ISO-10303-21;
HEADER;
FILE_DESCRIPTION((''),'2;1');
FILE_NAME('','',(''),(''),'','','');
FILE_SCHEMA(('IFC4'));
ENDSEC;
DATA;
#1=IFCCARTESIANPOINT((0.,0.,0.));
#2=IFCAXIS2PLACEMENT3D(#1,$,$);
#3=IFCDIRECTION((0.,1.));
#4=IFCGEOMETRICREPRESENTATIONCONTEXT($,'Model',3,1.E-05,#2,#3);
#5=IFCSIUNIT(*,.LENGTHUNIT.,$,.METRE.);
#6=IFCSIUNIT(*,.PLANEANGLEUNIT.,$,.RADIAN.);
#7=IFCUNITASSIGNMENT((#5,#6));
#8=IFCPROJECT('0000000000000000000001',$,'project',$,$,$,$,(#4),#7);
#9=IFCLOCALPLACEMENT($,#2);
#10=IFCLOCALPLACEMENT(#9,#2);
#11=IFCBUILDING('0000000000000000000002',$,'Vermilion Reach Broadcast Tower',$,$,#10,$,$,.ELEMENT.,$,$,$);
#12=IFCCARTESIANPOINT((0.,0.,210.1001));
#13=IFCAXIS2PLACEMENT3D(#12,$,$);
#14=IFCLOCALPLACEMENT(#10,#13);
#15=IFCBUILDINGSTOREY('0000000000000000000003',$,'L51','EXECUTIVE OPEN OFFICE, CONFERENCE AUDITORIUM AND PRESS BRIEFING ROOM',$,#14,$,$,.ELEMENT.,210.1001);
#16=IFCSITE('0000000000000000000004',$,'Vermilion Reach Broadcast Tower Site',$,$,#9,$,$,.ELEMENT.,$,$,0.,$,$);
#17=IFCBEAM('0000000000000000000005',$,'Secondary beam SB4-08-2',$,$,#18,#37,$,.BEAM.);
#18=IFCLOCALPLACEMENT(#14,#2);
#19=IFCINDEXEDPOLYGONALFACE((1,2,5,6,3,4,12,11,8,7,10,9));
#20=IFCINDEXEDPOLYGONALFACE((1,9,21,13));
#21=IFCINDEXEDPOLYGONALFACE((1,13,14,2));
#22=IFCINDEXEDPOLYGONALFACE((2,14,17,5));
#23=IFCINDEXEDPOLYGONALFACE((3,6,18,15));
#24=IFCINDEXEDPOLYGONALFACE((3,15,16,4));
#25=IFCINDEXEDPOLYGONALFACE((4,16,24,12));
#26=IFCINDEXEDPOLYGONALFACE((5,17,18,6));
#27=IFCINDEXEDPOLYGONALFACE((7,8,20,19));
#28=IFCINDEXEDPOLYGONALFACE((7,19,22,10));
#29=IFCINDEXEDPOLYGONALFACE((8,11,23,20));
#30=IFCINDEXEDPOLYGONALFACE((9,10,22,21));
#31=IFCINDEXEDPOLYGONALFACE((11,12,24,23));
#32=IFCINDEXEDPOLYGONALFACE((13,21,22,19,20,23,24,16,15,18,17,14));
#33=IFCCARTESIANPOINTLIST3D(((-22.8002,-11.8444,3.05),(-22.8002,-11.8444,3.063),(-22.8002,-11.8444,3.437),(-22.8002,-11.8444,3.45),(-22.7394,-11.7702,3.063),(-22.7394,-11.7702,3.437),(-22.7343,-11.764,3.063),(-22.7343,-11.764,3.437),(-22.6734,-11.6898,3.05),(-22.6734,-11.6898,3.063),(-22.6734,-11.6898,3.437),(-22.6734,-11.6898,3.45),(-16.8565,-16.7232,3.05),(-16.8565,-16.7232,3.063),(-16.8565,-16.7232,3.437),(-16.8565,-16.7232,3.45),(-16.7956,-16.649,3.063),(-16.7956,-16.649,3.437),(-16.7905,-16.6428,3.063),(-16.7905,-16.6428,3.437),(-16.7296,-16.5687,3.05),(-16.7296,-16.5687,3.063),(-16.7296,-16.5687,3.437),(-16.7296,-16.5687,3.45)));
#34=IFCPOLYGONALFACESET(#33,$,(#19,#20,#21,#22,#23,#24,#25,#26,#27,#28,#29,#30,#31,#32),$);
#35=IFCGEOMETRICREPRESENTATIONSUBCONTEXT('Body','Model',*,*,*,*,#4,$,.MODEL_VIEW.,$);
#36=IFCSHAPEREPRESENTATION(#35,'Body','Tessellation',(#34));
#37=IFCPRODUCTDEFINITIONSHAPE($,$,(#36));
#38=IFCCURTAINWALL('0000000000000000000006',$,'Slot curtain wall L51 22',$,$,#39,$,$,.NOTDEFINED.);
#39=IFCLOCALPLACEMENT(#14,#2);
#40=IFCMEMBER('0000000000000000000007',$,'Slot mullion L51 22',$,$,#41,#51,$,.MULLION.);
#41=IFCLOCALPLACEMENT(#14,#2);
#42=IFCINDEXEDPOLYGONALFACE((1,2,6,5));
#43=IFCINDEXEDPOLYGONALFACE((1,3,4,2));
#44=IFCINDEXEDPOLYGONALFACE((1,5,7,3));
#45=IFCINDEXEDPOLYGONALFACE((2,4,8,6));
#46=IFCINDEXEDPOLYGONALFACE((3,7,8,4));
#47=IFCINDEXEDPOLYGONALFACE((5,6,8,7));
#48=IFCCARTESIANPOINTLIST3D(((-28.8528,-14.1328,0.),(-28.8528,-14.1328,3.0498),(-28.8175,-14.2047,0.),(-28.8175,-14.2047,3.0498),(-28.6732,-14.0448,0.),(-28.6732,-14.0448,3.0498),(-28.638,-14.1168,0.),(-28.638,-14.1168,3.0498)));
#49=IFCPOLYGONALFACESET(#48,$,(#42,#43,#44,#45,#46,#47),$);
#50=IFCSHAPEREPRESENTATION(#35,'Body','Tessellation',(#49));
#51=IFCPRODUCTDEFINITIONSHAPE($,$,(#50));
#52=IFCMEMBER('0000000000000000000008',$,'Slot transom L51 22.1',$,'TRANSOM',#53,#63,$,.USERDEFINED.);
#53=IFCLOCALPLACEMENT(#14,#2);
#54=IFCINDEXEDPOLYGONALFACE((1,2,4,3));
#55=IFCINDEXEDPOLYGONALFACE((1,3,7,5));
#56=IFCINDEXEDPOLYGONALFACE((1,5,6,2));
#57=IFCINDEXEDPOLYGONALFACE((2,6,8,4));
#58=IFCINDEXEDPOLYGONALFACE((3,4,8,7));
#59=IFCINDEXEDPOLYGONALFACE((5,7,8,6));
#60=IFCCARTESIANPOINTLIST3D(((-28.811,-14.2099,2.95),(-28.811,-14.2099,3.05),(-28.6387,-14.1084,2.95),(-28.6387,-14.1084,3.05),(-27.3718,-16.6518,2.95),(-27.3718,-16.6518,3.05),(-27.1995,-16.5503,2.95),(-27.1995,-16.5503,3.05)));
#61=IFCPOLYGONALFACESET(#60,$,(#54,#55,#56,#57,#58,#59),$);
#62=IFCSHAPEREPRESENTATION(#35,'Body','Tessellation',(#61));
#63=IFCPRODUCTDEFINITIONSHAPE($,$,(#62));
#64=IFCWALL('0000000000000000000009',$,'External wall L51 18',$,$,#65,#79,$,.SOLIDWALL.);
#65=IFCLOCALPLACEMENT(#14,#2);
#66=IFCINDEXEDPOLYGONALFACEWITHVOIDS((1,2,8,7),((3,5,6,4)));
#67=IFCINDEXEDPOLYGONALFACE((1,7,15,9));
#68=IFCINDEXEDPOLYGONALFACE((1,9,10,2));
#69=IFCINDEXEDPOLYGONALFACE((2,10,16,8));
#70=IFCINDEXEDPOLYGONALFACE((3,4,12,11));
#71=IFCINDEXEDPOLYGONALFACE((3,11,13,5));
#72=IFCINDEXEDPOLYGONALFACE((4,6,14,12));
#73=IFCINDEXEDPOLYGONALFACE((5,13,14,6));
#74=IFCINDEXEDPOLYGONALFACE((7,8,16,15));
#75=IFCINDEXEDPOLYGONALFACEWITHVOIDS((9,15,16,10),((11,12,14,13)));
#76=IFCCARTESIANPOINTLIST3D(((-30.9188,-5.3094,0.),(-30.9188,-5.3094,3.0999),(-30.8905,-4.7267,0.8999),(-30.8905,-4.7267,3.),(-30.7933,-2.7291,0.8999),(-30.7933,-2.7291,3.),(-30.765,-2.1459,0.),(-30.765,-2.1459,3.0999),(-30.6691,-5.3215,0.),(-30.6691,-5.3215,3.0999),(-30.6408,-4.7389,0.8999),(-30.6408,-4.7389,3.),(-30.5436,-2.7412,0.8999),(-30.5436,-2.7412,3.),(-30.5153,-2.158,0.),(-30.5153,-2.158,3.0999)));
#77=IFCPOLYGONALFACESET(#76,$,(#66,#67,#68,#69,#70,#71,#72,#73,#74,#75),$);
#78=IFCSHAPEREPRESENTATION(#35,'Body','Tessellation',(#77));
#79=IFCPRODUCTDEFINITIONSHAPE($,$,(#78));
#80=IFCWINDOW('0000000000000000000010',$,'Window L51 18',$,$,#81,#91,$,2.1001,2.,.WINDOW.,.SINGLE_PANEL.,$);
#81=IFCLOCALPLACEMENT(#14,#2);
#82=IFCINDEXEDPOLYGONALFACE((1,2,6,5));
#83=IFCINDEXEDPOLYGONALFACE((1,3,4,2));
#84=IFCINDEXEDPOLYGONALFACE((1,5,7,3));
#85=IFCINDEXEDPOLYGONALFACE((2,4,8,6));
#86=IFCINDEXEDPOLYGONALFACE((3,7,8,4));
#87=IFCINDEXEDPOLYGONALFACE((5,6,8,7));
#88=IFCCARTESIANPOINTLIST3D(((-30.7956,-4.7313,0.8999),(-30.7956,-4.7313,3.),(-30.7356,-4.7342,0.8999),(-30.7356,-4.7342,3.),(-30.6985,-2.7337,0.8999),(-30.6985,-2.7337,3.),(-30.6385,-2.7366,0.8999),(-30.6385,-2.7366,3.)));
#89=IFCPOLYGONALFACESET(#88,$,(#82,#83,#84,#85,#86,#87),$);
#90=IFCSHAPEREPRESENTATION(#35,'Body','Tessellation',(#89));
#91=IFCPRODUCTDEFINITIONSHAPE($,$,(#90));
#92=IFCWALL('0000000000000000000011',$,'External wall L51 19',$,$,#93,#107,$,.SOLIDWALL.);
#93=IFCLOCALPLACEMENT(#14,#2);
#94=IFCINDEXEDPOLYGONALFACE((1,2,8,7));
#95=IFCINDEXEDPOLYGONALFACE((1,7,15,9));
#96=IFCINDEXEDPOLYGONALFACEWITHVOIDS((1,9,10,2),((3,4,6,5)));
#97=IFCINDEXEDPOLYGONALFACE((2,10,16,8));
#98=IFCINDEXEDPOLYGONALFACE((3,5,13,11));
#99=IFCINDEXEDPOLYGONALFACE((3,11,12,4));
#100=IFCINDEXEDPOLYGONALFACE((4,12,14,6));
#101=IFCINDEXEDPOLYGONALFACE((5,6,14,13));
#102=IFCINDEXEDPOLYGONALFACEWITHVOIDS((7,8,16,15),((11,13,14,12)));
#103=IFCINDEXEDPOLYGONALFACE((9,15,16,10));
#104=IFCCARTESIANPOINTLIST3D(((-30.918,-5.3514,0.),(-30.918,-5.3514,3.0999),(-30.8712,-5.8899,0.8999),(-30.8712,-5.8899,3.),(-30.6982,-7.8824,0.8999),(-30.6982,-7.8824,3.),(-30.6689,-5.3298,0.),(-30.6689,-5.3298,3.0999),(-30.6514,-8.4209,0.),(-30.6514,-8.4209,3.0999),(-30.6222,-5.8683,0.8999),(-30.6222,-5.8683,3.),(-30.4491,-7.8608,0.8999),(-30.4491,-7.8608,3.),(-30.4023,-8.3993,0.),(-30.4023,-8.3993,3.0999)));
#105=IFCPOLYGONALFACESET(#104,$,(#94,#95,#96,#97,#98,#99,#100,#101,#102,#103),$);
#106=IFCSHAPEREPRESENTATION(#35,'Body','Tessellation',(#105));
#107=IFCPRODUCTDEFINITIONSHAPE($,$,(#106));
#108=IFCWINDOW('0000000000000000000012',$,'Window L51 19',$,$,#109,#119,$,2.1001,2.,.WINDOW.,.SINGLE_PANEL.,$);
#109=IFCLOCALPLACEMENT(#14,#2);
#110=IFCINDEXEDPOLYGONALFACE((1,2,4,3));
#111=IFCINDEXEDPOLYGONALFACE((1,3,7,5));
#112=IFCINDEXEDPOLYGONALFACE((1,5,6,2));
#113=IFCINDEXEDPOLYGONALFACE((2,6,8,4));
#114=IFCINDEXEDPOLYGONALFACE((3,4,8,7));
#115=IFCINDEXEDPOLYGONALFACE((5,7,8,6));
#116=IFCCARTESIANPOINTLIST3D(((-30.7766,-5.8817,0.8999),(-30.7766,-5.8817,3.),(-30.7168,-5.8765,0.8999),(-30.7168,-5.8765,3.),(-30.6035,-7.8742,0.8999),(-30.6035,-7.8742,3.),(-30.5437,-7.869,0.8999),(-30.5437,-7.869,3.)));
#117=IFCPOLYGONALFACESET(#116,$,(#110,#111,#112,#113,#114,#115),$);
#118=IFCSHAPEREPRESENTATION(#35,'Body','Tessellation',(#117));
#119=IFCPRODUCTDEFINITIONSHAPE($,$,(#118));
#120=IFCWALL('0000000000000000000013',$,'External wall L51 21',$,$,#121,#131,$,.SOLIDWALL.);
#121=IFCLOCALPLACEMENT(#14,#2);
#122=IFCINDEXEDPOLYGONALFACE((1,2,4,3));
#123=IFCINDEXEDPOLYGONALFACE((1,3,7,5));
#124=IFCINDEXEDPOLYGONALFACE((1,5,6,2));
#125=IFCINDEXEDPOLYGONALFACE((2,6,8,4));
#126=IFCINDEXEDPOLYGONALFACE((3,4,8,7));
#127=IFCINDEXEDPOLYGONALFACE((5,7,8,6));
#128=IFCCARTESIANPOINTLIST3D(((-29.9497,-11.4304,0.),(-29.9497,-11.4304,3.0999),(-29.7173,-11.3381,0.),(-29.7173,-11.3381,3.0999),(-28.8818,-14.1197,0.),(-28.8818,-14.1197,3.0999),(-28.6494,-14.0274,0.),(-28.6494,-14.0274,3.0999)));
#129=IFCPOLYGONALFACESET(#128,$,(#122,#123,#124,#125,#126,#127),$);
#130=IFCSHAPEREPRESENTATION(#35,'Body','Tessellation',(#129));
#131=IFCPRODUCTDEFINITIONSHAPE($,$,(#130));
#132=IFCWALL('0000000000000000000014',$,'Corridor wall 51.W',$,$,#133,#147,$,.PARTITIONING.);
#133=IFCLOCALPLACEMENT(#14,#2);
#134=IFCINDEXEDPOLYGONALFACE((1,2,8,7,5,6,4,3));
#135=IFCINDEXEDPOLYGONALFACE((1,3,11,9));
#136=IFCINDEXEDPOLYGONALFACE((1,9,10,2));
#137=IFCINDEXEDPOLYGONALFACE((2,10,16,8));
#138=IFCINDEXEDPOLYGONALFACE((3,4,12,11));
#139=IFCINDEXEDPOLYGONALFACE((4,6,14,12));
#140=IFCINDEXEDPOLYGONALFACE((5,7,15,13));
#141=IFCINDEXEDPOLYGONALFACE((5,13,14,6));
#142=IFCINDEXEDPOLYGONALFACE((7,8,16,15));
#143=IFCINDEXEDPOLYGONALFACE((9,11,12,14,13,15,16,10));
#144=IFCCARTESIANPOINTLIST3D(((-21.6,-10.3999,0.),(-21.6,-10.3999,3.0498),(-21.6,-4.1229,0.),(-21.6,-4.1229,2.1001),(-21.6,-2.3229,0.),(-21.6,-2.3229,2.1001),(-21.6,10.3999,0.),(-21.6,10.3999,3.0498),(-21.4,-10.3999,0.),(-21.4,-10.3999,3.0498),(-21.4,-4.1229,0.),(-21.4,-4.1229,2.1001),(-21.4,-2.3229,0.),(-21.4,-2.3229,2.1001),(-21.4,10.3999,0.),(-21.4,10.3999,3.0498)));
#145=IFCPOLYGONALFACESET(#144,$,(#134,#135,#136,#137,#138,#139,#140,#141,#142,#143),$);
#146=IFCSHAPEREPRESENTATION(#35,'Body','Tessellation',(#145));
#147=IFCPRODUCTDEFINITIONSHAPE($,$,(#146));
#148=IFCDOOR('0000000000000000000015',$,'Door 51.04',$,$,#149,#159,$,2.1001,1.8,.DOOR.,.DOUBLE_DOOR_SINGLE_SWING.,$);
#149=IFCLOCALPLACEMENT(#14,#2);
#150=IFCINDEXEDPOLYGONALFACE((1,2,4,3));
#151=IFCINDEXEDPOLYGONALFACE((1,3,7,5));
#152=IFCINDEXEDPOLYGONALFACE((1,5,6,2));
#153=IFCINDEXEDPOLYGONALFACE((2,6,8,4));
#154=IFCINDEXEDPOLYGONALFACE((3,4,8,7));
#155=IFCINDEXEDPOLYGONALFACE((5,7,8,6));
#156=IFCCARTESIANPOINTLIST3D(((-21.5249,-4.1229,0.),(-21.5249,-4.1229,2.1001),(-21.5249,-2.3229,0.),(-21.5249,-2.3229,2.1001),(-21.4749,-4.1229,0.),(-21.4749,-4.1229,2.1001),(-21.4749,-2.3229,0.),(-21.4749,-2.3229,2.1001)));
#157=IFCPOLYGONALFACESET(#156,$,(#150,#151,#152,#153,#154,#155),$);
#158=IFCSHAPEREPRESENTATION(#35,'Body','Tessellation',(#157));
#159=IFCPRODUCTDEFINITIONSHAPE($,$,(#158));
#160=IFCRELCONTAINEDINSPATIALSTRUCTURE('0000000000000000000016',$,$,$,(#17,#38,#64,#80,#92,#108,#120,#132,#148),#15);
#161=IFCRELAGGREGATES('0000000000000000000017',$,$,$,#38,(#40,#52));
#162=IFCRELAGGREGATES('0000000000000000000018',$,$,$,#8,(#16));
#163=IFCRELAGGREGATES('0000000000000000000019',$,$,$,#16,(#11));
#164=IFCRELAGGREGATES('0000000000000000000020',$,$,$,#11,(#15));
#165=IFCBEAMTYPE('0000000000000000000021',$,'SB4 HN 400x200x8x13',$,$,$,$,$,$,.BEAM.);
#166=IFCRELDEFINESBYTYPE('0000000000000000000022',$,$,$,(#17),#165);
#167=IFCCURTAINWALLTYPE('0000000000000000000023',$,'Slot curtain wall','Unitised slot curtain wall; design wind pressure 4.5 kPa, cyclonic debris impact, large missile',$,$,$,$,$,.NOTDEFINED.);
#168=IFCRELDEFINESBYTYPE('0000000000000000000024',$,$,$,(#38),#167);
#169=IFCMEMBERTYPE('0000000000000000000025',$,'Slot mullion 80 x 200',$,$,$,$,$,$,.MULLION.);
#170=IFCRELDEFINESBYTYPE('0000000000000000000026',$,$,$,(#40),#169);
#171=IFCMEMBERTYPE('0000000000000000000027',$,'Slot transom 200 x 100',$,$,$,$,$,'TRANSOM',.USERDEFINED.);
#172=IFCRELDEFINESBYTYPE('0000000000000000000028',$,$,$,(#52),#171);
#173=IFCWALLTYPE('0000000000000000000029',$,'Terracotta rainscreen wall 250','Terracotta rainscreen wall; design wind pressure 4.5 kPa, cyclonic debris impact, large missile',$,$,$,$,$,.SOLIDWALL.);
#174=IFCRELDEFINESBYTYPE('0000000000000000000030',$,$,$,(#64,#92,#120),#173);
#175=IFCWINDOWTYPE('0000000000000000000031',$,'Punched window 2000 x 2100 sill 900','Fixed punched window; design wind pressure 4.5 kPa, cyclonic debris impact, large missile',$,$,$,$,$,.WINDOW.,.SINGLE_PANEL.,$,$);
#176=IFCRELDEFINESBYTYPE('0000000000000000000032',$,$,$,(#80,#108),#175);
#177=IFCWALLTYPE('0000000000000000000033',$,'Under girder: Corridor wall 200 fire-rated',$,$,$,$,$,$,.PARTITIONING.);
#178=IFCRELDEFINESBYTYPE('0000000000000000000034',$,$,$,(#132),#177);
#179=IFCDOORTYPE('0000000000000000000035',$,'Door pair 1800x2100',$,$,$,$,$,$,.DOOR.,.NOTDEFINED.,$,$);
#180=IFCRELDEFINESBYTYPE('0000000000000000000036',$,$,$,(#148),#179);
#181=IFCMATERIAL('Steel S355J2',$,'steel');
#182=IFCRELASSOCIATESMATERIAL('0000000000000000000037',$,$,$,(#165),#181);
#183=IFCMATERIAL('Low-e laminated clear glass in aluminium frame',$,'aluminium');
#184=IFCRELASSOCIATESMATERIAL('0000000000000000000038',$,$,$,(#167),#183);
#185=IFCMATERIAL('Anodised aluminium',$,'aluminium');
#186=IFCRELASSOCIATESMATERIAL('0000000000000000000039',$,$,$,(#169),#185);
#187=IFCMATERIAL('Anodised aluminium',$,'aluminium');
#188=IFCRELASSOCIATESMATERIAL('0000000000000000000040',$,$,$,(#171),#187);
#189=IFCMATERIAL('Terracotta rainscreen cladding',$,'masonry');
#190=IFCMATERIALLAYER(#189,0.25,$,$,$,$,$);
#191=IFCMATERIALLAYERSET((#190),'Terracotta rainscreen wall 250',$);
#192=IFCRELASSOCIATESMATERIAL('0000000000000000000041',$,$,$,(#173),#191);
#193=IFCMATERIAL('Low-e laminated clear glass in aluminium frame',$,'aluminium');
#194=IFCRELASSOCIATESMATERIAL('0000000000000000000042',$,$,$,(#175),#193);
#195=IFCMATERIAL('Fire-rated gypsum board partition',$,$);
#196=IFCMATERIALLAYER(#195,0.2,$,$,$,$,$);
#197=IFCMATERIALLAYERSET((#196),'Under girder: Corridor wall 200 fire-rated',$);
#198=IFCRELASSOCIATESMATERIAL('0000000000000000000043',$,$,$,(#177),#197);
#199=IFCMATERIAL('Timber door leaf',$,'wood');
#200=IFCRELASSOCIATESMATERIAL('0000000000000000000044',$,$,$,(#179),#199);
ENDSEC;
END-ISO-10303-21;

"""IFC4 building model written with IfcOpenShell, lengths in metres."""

from ifc_helpers import new_model, si_unit, direction, frame, frame_2d, origin, origin_2d, place, context, subcontext, project, spatial, rectangle, i_section, extrude, material, layer, layer_set, material_profile, profile_set, type_object, element, fill, aggregate, save


model = new_model("IFC4")

# Units and contexts
model_context = context("Model", 3, precision=1e-05, world=origin(), true_north=direction((0.0, 1.0)))
body_context = subcontext(model_context, "Body", "Model", "MODEL_VIEW")
ifc_project = project(units=[si_unit("LENGTHUNIT", "METRE"), si_unit("PLANEANGLEUNIT", "RADIAN")], contexts=[model_context])

# Site, building, storey
site_placement = place(None, origin())
site = spatial("IfcSite", under=ifc_project, at=site_placement, Name="Vermilion Reach Broadcast Tower Site", CompositionType="ELEMENT", RefElevation=0.0)
building_placement = place(site_placement, origin())
building = spatial("IfcBuilding", under=site, at=building_placement, Name="Vermilion Reach Broadcast Tower", CompositionType="ELEMENT")
storey_placement = place(building_placement, frame((0.0, 0.0, 210.1001)))
storey = spatial("IfcBuildingStorey", under=building, at=storey_placement, Name="L51", Description="EXECUTIVE OPEN OFFICE, CONFERENCE AUDITORIUM AND PRESS BRIEFING ROOM", CompositionType="ELEMENT", Elevation=210.1001)

# Beam
ifc_material_1 = material(Name="Steel S355J2", Category="steel")
ifc_material_profile_1 = material_profile(ifc_material_1, i_section(OverallWidth=0.2, OverallDepth=0.3999, WebThickness=0.0081, FlangeThickness=0.0129, at=origin_2d()), Name="S355J2 HN 400x200x8x13")
ifc_profile_set_1 = profile_set([ifc_material_profile_1], Name="Steel S355J2")
beam_type_1 = type_object("IfcBeamType", Name="SB4 HN 400x200x8x13", PredefinedType="BEAM", material=ifc_profile_set_1)
beam_1_placement = place(storey_placement, frame((-22.7368, -11.7671, 3.25), z_axis=(0.772952, -0.634465, 0.0), x_axis=(0.634465, 0.772952, 0.0)))
element("IfcBeam", 1, at=beam_1_placement, inside=storey, type_object=beam_type_1, Name="Secondary beam SB4-08-2", PredefinedType="BEAM", context=body_context, shape_type="SweptSolid", body=[
    extrude(i_section(OverallWidth=0.2, OverallDepth=0.3999, WebThickness=0.0081, FlangeThickness=0.0129, at=origin_2d()), origin(), (0.0, 0.0, 1.0), 7.6897),
])

# Curtain wall, members
ifc_material_2 = material(Name="Low-e laminated clear glass in aluminium frame", Category="aluminium")
curtain_wall_type = type_object("IfcCurtainWallType", Name="Slot curtain wall", Description="Unitised slot curtain wall; design wind pressure 4.5 kPa, cyclonic debris impact, large missile", PredefinedType="NOTDEFINED", material=ifc_material_2)
curtain_wall_placement = place(storey_placement, origin())
curtain_wall = element("IfcCurtainWall", 2, at=curtain_wall_placement, inside=storey, type_object=curtain_wall_type, Name="Slot curtain wall L51 22", PredefinedType="NOTDEFINED")
ifc_material_3 = material(Name="Anodised aluminium", Category="aluminium")
ifc_material_profile_2 = material_profile(ifc_material_3, rectangle(XDim=0.2, YDim=0.0801, at=origin_2d()), Name="Slot mullion 80 x 200")
ifc_profile_set_2 = profile_set([ifc_material_profile_2], Name="Anodised aluminium")
member_type_1 = type_object("IfcMemberType", Name="Slot mullion 80 x 200", PredefinedType="MULLION", material=ifc_profile_set_2)
member_1_placement = place(storey_placement, frame((-28.7454, -14.1248, 0.0), z_axis=(0.0, 0.0, 1.0), x_axis=(0.898131, 0.439728, 0.0)))
member_1 = element("IfcMember", 3, at=member_1_placement, type_object=member_type_1, Name="Slot mullion L51 22", PredefinedType="MULLION", context=body_context, shape_type="SweptSolid", body=[
    extrude(rectangle(XDim=0.2, YDim=0.0801, at=origin_2d()), origin(), (0.0, 0.0, 1.0), 3.0498),
])
ifc_material_4 = material(Name="Anodised aluminium", Category="aluminium")
ifc_material_profile_3 = material_profile(ifc_material_4, rectangle(XDim=0.2, YDim=0.1001, at=origin_2d()), Name="Slot transom 200 x 100")
ifc_profile_set_3 = profile_set([ifc_material_profile_3], Name="Anodised aluminium")
member_type_2 = type_object("IfcMemberType", Name="Slot transom 200 x 100", ElementType="TRANSOM", PredefinedType="USERDEFINED", material=ifc_profile_set_3)
member_2_placement = place(storey_placement, frame((-28.7249, -14.1592, 3.0), z_axis=(0.507754, -0.861502, 0.0), x_axis=(0.861502, 0.507754, 0.0)))
member_2 = element("IfcMember", 4, at=member_2_placement, type_object=member_type_2, Name="Slot transom L51 22.1", ObjectType="TRANSOM", PredefinedType="USERDEFINED", context=body_context, shape_type="SweptSolid", body=[
    extrude(rectangle(XDim=0.2, YDim=0.1001, at=origin_2d()), origin(), (0.0, 0.0, 1.0), 2.8345),
])
aggregate(curtain_wall, [member_1, member_2])

# Walls, openings, windows
ifc_material_5 = material(Name="Terracotta rainscreen cladding", Category="masonry")
ifc_layer_1 = layer(ifc_material_5, 0.25)
ifc_layer_set_1 = layer_set([ifc_layer_1], Name="Terracotta rainscreen wall 250")
wall_type_1 = type_object("IfcWallType", Name="Terracotta rainscreen wall 250", Description="Terracotta rainscreen wall; design wind pressure 4.5 kPa, cyclonic debris impact, large missile", PredefinedType="SOLIDWALL", material=ifc_layer_set_1)
wall_1_placement = place(storey_placement, frame((-30.6401, -2.1521, 0.0), z_axis=(0.0, 0.0, 1.0), x_axis=(-0.048561, -0.99882, 0.0)))
wall_1 = element("IfcWall", 5, at=wall_1_placement, inside=storey, type_object=wall_type_1, Name="External wall L51 18", PredefinedType="SOLIDWALL", context=body_context, shape_type="SweptSolid", body=[
    extrude(rectangle(XDim=3.1672, YDim=0.25, at=frame_2d((1.5835, 0.0))), origin(), (0.0, 0.0, 1.0), 3.0999),
])
opening_1_placement = place(wall_1_placement, frame((0.5837, 0.0, 0.8999)))
opening_1 = element("IfcOpeningElement", 6, at=opening_1_placement, cuts=wall_1, PredefinedType="OPENING", context=body_context, shape_type="SweptSolid", body=[
    extrude(rectangle(XDim=2.0, YDim=2.1001, at=frame_2d((1.0, 1.05))), frame((0.0, 0.135, 0.0), z_axis=(0.0, -1.0, 0.0), x_axis=(1.0, 0.0, 0.0)), (0.0, 0.0, 1.0), 0.27),
])
ifc_material_6 = material(Name="Low-e laminated clear glass in aluminium frame", Category="aluminium")
window_type = type_object("IfcWindowType", Name="Punched window 2000 x 2100 sill 900", Description="Fixed punched window; design wind pressure 4.5 kPa, cyclonic debris impact, large missile", PartitioningType="SINGLE_PANEL", PredefinedType="WINDOW", material=ifc_material_6)
window_1_placement = place(opening_1_placement, origin())
window_1 = element("IfcWindow", 7, at=window_1_placement, inside=storey, type_object=window_type, Name="Window L51 18", OverallHeight=2.1001, OverallWidth=2.0, PartitioningType="SINGLE_PANEL", PredefinedType="WINDOW", context=body_context, shape_type="SweptSolid", body=[
    extrude(rectangle(XDim=2.0, YDim=2.1001, at=frame_2d((1.0, 1.05))), frame((0.0, 0.03, 0.0), z_axis=(0.0, -1.0, 0.0), x_axis=(1.0, 0.0, 0.0)), (0.0, 0.0, 1.0), 0.0601),
])
fill(opening_1, window_1)
wall_2_placement = place(storey_placement, frame((-30.7935, -5.3406, 0.0), z_axis=(0.0, 0.0, 1.0), x_axis=(0.086527, -0.99625, 0.0)))
wall_2 = element("IfcWall", 8, at=wall_2_placement, inside=storey, type_object=wall_type_1, Name="External wall L51 19", PredefinedType="SOLIDWALL", context=body_context, shape_type="SweptSolid", body=[
    extrude(rectangle(XDim=3.0811, YDim=0.25, at=frame_2d((1.5405, 0.0))), origin(), (0.0, 0.0, 1.0), 3.0999),
])
opening_2_placement = place(wall_2_placement, frame((0.5405, 0.0, 0.8999)))
opening_2 = element("IfcOpeningElement", 9, at=opening_2_placement, cuts=wall_2, PredefinedType="OPENING", context=body_context, shape_type="SweptSolid", body=[
    extrude(rectangle(XDim=2.0, YDim=2.1001, at=frame_2d((1.0, 1.05))), frame((0.0, 0.135, 0.0), z_axis=(0.0, -1.0, 0.0), x_axis=(1.0, 0.0, 0.0)), (0.0, 0.0, 1.0), 0.27),
])
window_2_placement = place(opening_2_placement, origin())
window_2 = element("IfcWindow", 10, at=window_2_placement, inside=storey, type_object=window_type, Name="Window L51 19", OverallHeight=2.1001, OverallWidth=2.0, PartitioningType="SINGLE_PANEL", PredefinedType="WINDOW", context=body_context, shape_type="SweptSolid", body=[
    extrude(rectangle(XDim=2.0, YDim=2.1001, at=frame_2d((1.0, 1.05))), frame((0.0, 0.03, 0.0), z_axis=(0.0, -1.0, 0.0), x_axis=(1.0, 0.0, 0.0)), (0.0, 0.0, 1.0), 0.0601),
])
fill(opening_2, window_2)

# Wall
wall_3_placement = place(storey_placement, frame((-29.8335, -11.3843, 0.0), z_axis=(0.0, 0.0, 1.0), x_axis=(0.369062, -0.929405, 0.0)))
element("IfcWall", 11, at=wall_3_placement, inside=storey, type_object=wall_type_1, Name="External wall L51 21", PredefinedType="SOLIDWALL", context=body_context, shape_type="SweptSolid", body=[
    extrude(rectangle(XDim=2.8936, YDim=0.25, at=frame_2d((1.4468, 0.0))), origin(), (0.0, 0.0, 1.0), 3.0999),
])

# Wall, opening, door
ifc_material_7 = material(Name="Fire-rated gypsum board partition")
ifc_layer_2 = layer(ifc_material_7, 0.2)
ifc_layer_set_2 = layer_set([ifc_layer_2], Name="Under girder: Corridor wall 200 fire-rated")
wall_type_2 = type_object("IfcWallType", Name="Under girder: Corridor wall 200 fire-rated", PredefinedType="PARTITIONING", material=ifc_layer_set_2)
wall_4_placement = place(storey_placement, frame((-21.5, -10.3999, 0.0), z_axis=(0.0, 0.0, 1.0), x_axis=(0.0, 1.0, 0.0)))
wall_4 = element("IfcWall", 12, at=wall_4_placement, inside=storey, type_object=wall_type_2, Name="Corridor wall 51.W", PredefinedType="PARTITIONING", context=body_context, shape_type="SweptSolid", body=[
    extrude(rectangle(XDim=20.7998, YDim=0.2, at=frame_2d((10.3999, 0.0))), origin(), (0.0, 0.0, 1.0), 3.0498),
])
opening_3_placement = place(wall_4_placement, frame((6.2771, 0.0, 0.0)))
opening_3 = element("IfcOpeningElement", 13, at=opening_3_placement, cuts=wall_4, PredefinedType="OPENING", context=body_context, shape_type="SweptSolid", body=[
    extrude(rectangle(XDim=1.8, YDim=2.1001, at=frame_2d((0.8999, 1.05))), frame((0.0, 0.1099, 0.0), z_axis=(0.0, -1.0, 0.0), x_axis=(1.0, 0.0, 0.0)), (0.0, 0.0, 1.0), 0.22),
])
ifc_material_8 = material(Name="Timber door leaf", Category="wood")
door_type_1 = type_object("IfcDoorType", Name="Door pair 1800x2100", OperationType="NOTDEFINED", PredefinedType="DOOR", material=ifc_material_8)
door_1_placement = place(opening_3_placement, origin())
door_1 = element("IfcDoor", 14, at=door_1_placement, inside=storey, type_object=door_type_1, Name="Door 51.04", OperationType="DOUBLE_DOOR_SINGLE_SWING", OverallHeight=2.1001, OverallWidth=1.8, PredefinedType="DOOR", context=body_context, shape_type="SweptSolid", body=[
    extrude(rectangle(XDim=1.8, YDim=2.1001, at=frame_2d((0.8999, 1.05))), frame((0.0, 0.0249, 0.0), z_axis=(0.0, -1.0, 0.0), x_axis=(1.0, 0.0, 0.0)), (0.0, 0.0, 1.0), 0.05),
])
fill(opening_3, door_1)

save(model, "model.ifc")
